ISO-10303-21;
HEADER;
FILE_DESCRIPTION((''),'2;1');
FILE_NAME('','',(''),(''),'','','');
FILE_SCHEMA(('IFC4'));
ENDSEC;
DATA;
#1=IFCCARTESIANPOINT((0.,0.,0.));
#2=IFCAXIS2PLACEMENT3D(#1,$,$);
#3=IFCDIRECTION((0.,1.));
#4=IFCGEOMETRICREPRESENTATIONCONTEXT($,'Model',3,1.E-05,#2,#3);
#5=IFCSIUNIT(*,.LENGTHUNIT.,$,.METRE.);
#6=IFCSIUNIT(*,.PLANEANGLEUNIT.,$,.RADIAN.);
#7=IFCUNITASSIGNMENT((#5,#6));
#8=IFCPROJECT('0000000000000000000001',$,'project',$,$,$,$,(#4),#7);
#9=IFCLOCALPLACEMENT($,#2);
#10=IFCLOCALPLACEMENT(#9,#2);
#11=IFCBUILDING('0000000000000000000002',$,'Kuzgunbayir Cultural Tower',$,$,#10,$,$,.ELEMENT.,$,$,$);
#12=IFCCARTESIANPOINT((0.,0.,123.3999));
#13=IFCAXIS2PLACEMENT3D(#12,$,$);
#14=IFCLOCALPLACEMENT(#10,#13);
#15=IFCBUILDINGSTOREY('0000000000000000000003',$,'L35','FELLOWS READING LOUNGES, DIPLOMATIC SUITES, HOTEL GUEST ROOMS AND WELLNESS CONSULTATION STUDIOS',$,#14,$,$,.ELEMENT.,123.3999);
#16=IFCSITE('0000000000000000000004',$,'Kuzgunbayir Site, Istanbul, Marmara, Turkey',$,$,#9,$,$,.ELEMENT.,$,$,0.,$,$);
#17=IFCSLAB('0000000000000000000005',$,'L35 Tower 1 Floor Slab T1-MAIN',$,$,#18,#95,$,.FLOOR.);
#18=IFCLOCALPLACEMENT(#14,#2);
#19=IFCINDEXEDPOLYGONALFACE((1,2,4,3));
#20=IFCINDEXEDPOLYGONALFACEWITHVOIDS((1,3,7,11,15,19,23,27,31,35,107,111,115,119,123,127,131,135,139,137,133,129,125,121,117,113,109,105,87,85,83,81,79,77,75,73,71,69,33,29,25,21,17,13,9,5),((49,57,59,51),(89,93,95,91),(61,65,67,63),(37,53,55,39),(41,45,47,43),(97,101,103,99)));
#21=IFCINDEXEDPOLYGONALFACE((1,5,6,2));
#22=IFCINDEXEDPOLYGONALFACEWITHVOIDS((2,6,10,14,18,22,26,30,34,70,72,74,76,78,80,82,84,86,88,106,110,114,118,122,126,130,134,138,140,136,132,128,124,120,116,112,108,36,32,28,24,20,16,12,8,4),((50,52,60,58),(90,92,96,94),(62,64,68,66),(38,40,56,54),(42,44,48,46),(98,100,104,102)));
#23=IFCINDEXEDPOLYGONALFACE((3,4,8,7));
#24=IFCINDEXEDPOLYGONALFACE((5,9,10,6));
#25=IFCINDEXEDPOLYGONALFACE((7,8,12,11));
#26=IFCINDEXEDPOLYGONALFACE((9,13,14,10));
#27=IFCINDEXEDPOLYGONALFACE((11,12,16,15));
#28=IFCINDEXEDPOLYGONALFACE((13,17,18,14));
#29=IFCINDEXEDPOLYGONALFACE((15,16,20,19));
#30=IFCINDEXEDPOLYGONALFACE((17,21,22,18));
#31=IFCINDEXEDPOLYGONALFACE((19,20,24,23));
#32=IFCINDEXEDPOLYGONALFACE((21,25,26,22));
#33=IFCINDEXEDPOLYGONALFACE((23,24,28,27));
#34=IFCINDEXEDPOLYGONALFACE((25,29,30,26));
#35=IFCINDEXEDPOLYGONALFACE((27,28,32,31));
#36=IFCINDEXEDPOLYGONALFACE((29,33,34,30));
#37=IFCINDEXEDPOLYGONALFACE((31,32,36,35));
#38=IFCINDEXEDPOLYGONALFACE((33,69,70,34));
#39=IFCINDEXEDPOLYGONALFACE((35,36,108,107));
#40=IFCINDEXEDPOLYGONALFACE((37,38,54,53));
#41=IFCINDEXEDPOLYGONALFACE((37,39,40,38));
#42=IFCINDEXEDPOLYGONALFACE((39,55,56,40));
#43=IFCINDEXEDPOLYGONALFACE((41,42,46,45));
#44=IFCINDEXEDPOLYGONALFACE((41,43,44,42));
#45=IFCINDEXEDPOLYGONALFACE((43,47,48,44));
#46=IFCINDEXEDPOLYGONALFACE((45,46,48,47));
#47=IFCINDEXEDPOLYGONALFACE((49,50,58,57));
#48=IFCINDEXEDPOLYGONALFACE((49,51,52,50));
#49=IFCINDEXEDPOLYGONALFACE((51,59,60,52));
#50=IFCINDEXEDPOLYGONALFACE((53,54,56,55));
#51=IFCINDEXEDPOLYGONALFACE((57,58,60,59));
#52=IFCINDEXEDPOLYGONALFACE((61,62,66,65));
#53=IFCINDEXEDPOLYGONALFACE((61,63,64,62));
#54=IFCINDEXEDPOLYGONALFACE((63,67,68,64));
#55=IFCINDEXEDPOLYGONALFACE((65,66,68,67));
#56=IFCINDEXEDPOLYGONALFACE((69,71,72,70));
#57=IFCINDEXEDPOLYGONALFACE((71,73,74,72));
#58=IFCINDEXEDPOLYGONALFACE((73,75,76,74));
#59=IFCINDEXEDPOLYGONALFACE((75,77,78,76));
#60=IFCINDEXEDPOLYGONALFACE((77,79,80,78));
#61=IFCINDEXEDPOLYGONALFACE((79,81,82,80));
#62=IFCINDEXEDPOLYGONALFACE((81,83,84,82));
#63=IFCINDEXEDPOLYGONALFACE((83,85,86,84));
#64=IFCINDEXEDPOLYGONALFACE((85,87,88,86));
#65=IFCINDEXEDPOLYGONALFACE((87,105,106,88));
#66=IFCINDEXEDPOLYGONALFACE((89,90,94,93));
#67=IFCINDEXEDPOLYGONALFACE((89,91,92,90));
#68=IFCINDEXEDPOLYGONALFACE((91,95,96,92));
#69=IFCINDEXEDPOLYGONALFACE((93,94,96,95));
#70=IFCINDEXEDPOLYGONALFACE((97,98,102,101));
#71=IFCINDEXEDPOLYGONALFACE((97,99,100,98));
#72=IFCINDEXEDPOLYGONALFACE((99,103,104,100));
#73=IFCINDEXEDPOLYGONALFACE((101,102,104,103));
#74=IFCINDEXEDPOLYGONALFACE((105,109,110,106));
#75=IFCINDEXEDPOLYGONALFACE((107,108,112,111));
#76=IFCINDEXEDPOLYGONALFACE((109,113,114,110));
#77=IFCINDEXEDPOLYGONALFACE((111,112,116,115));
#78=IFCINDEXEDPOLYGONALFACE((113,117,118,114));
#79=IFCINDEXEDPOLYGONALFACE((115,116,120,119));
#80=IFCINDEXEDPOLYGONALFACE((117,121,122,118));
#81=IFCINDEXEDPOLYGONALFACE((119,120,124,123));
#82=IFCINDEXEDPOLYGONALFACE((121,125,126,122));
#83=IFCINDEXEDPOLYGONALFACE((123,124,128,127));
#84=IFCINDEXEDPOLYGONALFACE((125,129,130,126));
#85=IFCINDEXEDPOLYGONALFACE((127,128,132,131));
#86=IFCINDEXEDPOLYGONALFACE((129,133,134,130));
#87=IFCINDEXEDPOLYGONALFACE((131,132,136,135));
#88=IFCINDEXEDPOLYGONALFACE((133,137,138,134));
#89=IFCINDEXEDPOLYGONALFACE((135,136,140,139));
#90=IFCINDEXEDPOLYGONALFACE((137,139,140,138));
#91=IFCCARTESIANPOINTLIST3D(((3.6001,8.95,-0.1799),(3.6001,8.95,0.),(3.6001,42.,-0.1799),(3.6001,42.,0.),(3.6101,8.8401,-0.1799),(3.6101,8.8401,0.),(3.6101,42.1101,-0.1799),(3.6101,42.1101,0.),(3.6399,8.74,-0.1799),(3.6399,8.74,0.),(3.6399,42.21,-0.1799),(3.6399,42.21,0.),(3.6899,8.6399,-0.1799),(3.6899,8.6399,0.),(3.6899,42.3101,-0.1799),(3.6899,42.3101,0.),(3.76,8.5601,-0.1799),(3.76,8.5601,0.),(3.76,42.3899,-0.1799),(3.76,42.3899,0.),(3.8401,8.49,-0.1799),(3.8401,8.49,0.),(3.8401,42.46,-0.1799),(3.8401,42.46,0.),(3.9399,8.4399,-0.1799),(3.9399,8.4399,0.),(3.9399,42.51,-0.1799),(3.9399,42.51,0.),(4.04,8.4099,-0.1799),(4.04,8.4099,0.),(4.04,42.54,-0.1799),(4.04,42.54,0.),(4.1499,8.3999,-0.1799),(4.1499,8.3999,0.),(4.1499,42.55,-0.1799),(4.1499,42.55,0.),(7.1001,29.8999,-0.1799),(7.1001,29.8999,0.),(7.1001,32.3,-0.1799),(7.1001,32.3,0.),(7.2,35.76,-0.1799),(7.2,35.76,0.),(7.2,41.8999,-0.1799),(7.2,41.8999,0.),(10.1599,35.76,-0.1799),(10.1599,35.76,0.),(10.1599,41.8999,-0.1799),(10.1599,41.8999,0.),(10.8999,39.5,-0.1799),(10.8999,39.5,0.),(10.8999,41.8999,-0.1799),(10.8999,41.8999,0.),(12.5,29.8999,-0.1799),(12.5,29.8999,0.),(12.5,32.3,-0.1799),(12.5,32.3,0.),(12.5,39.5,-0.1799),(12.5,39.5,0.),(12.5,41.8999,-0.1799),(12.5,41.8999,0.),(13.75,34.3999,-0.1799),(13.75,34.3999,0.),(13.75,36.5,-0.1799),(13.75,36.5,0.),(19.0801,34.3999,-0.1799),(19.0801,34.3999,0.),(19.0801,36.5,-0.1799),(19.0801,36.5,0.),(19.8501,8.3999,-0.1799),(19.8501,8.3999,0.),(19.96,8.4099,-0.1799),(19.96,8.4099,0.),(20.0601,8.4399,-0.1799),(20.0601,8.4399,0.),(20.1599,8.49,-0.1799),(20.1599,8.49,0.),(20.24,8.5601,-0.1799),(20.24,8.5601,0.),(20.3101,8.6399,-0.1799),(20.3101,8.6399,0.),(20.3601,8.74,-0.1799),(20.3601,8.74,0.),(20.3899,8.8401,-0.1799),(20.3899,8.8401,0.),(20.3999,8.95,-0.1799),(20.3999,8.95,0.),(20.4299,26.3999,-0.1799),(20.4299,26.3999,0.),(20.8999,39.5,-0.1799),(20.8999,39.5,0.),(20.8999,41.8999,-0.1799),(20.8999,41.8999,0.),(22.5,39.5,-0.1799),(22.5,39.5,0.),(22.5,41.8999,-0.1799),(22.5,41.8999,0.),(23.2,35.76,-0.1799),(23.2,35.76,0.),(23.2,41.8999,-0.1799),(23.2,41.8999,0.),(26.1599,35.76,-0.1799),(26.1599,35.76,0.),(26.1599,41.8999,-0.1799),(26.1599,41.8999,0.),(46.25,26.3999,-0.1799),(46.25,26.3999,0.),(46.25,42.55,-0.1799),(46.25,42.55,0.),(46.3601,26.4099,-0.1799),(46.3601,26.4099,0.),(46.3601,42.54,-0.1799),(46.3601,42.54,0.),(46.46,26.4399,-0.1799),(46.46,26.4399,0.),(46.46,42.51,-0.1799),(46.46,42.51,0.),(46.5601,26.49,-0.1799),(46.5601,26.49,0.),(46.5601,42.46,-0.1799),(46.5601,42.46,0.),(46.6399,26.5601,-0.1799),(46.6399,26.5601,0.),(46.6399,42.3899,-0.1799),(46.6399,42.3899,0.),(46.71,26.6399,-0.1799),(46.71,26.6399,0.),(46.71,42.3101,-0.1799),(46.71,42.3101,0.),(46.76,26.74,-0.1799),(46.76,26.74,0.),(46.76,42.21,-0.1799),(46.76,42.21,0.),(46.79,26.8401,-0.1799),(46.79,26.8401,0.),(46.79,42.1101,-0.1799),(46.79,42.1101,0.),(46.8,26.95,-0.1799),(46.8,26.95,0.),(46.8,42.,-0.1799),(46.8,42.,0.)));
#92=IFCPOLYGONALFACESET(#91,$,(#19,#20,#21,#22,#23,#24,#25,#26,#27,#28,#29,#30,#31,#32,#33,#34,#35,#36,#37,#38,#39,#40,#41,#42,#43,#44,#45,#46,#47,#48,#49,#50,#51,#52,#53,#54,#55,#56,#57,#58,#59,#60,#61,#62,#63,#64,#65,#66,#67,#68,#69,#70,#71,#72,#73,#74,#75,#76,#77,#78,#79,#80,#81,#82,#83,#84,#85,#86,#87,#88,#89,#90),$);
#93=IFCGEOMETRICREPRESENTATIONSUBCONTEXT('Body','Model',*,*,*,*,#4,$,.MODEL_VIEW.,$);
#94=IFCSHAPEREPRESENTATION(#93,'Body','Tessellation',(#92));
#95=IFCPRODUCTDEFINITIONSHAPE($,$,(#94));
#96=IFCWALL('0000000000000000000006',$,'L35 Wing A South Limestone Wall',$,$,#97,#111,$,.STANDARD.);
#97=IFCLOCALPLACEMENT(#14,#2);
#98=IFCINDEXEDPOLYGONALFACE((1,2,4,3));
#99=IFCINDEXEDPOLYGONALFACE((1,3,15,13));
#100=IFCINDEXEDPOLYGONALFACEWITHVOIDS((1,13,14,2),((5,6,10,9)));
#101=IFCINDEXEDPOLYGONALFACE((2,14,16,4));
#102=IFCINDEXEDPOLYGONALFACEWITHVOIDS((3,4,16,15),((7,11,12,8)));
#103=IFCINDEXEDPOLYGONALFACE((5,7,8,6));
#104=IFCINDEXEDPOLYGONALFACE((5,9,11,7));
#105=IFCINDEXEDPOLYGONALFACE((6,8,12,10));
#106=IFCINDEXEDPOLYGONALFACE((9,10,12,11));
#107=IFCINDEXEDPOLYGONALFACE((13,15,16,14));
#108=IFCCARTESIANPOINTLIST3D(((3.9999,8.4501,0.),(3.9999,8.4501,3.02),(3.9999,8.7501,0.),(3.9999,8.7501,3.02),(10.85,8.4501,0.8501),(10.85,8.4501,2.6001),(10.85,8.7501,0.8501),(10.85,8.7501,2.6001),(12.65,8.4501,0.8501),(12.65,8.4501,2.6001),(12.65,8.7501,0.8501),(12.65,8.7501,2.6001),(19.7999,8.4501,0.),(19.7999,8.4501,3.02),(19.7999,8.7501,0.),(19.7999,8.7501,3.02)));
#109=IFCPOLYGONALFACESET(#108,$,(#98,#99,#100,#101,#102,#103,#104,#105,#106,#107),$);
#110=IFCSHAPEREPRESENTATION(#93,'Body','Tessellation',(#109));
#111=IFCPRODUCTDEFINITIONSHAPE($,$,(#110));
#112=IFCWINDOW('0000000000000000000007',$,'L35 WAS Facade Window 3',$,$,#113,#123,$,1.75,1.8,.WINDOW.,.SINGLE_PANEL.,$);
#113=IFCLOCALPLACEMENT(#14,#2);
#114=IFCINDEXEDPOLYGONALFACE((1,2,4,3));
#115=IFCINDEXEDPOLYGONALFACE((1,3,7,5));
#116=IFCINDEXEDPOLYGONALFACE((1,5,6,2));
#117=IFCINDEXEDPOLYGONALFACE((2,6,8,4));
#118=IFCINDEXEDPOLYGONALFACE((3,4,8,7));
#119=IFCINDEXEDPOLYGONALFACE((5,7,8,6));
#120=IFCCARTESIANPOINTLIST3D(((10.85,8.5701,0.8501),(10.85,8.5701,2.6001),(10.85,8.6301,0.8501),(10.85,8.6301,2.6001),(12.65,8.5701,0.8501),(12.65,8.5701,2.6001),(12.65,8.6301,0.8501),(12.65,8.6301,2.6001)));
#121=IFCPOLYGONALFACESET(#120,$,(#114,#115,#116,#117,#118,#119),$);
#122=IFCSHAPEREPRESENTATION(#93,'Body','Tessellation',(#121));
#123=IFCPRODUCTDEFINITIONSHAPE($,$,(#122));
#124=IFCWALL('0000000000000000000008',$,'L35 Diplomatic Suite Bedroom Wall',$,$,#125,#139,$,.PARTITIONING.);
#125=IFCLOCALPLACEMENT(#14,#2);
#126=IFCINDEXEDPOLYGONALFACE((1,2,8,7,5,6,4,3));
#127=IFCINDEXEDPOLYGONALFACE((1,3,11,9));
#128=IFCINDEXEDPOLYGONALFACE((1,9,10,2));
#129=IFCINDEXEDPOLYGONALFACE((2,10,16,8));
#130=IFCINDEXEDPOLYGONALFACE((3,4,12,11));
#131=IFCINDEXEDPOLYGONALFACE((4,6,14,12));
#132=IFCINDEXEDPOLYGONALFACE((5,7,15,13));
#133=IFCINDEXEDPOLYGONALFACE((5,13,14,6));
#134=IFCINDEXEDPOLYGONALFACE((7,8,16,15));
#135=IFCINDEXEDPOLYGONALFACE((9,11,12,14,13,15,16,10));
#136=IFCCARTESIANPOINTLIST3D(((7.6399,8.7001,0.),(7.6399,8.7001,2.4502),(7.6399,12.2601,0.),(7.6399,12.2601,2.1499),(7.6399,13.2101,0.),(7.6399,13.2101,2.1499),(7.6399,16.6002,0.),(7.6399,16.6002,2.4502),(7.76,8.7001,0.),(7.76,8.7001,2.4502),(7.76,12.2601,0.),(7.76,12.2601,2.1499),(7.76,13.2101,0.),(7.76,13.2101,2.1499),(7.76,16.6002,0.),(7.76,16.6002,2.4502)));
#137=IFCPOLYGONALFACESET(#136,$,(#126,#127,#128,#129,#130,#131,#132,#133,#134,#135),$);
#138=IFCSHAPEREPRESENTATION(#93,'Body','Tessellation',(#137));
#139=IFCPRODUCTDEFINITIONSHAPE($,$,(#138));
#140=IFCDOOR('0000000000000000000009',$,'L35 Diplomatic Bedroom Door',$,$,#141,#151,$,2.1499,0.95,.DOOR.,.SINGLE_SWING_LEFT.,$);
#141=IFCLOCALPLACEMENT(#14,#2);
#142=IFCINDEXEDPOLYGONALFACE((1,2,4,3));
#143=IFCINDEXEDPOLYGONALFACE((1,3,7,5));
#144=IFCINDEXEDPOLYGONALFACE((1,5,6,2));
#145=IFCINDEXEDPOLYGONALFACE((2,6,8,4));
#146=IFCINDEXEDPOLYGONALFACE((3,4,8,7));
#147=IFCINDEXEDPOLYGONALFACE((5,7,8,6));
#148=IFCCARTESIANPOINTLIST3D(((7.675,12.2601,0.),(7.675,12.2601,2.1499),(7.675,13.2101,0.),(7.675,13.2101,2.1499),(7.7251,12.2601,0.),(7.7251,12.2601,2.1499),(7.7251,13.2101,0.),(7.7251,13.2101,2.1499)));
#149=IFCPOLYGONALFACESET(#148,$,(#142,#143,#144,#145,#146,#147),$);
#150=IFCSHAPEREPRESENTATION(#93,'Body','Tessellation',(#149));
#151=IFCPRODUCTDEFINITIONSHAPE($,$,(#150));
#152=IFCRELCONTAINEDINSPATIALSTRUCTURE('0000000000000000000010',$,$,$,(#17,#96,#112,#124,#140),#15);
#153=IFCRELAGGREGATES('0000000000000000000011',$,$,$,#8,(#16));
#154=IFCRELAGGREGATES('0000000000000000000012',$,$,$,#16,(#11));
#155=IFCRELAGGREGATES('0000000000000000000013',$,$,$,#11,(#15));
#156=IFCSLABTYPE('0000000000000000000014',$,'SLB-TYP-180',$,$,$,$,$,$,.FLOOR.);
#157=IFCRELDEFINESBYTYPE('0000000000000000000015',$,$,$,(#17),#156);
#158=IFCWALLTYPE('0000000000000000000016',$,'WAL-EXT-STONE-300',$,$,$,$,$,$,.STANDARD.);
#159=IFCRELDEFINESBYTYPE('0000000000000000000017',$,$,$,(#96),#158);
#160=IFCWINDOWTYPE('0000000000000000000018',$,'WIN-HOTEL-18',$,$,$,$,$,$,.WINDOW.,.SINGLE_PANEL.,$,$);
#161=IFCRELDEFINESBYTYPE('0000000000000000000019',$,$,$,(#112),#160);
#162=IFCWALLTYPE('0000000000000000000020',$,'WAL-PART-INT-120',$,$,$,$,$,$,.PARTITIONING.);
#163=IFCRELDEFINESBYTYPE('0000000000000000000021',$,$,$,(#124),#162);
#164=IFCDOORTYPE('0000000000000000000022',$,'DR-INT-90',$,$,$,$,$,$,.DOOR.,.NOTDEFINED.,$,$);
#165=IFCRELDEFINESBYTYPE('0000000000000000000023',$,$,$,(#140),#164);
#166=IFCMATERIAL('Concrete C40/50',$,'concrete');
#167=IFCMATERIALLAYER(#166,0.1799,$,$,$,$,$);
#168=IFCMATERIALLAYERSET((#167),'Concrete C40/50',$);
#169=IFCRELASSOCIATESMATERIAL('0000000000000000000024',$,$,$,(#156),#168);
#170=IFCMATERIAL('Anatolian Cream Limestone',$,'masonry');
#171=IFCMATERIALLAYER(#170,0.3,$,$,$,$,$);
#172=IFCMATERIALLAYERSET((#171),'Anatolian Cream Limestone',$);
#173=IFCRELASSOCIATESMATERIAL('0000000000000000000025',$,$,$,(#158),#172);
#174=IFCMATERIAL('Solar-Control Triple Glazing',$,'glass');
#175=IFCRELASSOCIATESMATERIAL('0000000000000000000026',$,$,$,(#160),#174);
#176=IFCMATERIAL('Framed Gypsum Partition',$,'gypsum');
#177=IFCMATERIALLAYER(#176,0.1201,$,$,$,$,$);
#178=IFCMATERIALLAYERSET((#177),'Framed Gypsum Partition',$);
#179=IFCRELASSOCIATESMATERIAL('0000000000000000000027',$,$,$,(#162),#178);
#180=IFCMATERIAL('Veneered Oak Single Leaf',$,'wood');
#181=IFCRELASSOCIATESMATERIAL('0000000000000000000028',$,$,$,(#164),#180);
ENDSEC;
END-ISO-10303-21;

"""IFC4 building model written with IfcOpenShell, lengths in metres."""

from ifc_helpers import new_model, si_unit, direction, frame, frame_2d, origin, place, context, subcontext, project, spatial, polyline, rectangle, outline, extrude, material, layer, layer_set, type_object, element, fill, save


model = new_model("IFC4")

# Units and contexts
model_context = context("Model", 3, precision=1e-05, world=origin(), true_north=direction((0.0, 1.0)))
body_context = subcontext(model_context, "Body", "Model", "MODEL_VIEW")
ifc_project = project(units=[si_unit("LENGTHUNIT", "METRE"), si_unit("PLANEANGLEUNIT", "RADIAN")], contexts=[model_context])

# Site, building, storey
site_placement = place(None, origin())
site = spatial("IfcSite", under=ifc_project, at=site_placement, Name="Kuzgunbayir Site, Istanbul, Marmara, Turkey", CompositionType="ELEMENT", RefElevation=0.0)
building_placement = place(site_placement, origin())
building = spatial("IfcBuilding", under=site, at=building_placement, Name="Kuzgunbayir Cultural Tower", CompositionType="ELEMENT")
storey_placement = place(building_placement, frame((0.0, 0.0, 123.3999)))
storey = spatial("IfcBuildingStorey", under=building, at=storey_placement, Name="L35", Description="FELLOWS READING LOUNGES, DIPLOMATIC SUITES, HOTEL GUEST ROOMS AND WELLNESS CONSULTATION STUDIOS", CompositionType="ELEMENT", Elevation=123.3999)

# Shared definitions
ifc_material_1 = material(Name="Concrete C40/50", Category="concrete")

# Slab
ifc_layer_1 = layer(ifc_material_1, 0.1799)
ifc_layer_set_1 = layer_set([ifc_layer_1], Name="Concrete C40/50")
slab_type_1 = type_object("IfcSlabType", Name="SLB-TYP-180", PredefinedType="FLOOR", material=ifc_layer_set_1)
slab_1_placement = place(storey_placement, frame((0.0, 0.0, -0.1799)))
element("IfcSlab", 1, at=slab_1_placement, inside=storey, type_object=slab_type_1, Name="L35 Tower 1 Floor Slab T1-MAIN", PredefinedType="FLOOR", context=body_context, shape_type="SweptSolid", body=[
    extrude(outline(polyline([(20.3999, 8.95), (20.3899, 8.8401), (20.3601, 8.74), (20.3101, 8.6399), (20.24, 8.5601), (20.1599, 8.49), (20.0601, 8.4399), (19.96, 8.4099), (19.8501, 8.3999), (4.1499, 8.3999), (4.04, 8.4099), (3.9399, 8.4399), (3.8401, 8.49), (3.76, 8.5601), (3.6899, 8.6399), (3.6399, 8.74), (3.6101, 8.8401), (3.6001, 8.95), (3.6001, 42.0), (3.6101, 42.1101), (3.6399, 42.21), (3.6899, 42.3101), (3.76, 42.3899), (3.8401, 42.46), (3.9399, 42.51), (4.04, 42.54), (4.1499, 42.55), (46.25, 42.55), (46.3601, 42.54), (46.46, 42.51), (46.5601, 42.46), (46.6399, 42.3899), (46.71, 42.3101), (46.76, 42.21), (46.79, 42.1101), (46.8, 42.0), (46.8, 26.95), (46.79, 26.8401), (46.76, 26.74), (46.71, 26.6399), (46.6399, 26.5601), (46.5601, 26.49), (46.46, 26.4399), (46.3601, 26.4099), (46.25, 26.3999), (20.4299, 26.3999), (20.3999, 8.95)]), holes=[polyline([(7.2, 35.76), (7.2, 41.8999), (10.1599, 41.8999), (10.1599, 35.76), (7.2, 35.76)]), polyline([(23.2, 35.76), (23.2, 41.8999), (26.1599, 41.8999), (26.1599, 35.76), (23.2, 35.76)]), polyline([(13.75, 34.3999), (13.75, 36.5), (19.0801, 36.5), (19.0801, 34.3999), (13.75, 34.3999)]), polyline([(7.1001, 29.8999), (7.1001, 32.3), (12.5, 32.3), (12.5, 29.8999), (7.1001, 29.8999)]), polyline([(10.8999, 39.5), (10.8999, 41.8999), (12.5, 41.8999), (12.5, 39.5), (10.8999, 39.5)]), polyline([(20.8999, 39.5), (20.8999, 41.8999), (22.5, 41.8999), (22.5, 39.5), (20.8999, 39.5)])]), origin(), (0.0, 0.0, 1.0), 0.1799),
])

# Wall, opening, window
ifc_material_2 = material(Name="Anatolian Cream Limestone", Category="masonry")
ifc_layer_2 = layer(ifc_material_2, 0.3)
ifc_layer_set_2 = layer_set([ifc_layer_2], Name="Anatolian Cream Limestone")
wall_type_1 = type_object("IfcWallType", Name="WAL-EXT-STONE-300", PredefinedType="STANDARD", material=ifc_layer_set_2)
wall_1_placement = place(storey_placement, frame((4.0, 8.6001, 0.0), z_axis=(0.0, 0.0, 1.0), x_axis=(1.0, 0.0, 0.0)))
wall_1 = element("IfcWall", 2, at=wall_1_placement, inside=storey, type_object=wall_type_1, Name="L35 Wing A South Limestone Wall", PredefinedType="STANDARD", context=body_context, shape_type="SweptSolid", body=[
    extrude(rectangle(XDim=15.8, YDim=0.3, at=frame_2d((7.8999, 0.0))), origin(), (0.0, 0.0, 1.0), 3.02),
])
opening_1_placement = place(wall_1_placement, frame((6.8501, 0.0, 0.8501)))
opening_1 = element("IfcOpeningElement", 3, at=opening_1_placement, cuts=wall_1, PredefinedType="OPENING", context=body_context, shape_type="SweptSolid", body=[
    extrude(rectangle(XDim=1.8, YDim=1.75, at=frame_2d((0.8999, 0.875))), frame((0.0, 0.1602, 0.0), z_axis=(0.0, -1.0, 0.0), x_axis=(1.0, 0.0, 0.0)), (0.0, 0.0, 1.0), 0.3201),
])
ifc_material_3 = material(Name="Solar-Control Triple Glazing", Category="glass")
window_type = type_object("IfcWindowType", Name="WIN-HOTEL-18", PartitioningType="SINGLE_PANEL", PredefinedType="WINDOW", material=ifc_material_3)
window_placement = place(opening_1_placement, origin())
window = element("IfcWindow", 4, at=window_placement, inside=storey, type_object=window_type, Name="L35 WAS Facade Window 3", OverallHeight=1.75, OverallWidth=1.8, PartitioningType="SINGLE_PANEL", PredefinedType="WINDOW", context=body_context, shape_type="SweptSolid", body=[
    extrude(rectangle(XDim=1.8, YDim=1.75, at=frame_2d((0.8999, 0.875))), frame((0.0, 0.03, 0.0), z_axis=(0.0, -1.0, 0.0), x_axis=(1.0, 0.0, 0.0)), (0.0, 0.0, 1.0), 0.0601),
])
fill(opening_1, window)

# Wall, opening, door
ifc_material_4 = material(Name="Framed Gypsum Partition", Category="gypsum")
ifc_layer_3 = layer(ifc_material_4, 0.1201)
ifc_layer_set_3 = layer_set([ifc_layer_3], Name="Framed Gypsum Partition")
wall_type_2 = type_object("IfcWallType", Name="WAL-PART-INT-120", PredefinedType="PARTITIONING", material=ifc_layer_set_3)
wall_2_placement = place(storey_placement, frame((7.7, 8.7, 0.0), z_axis=(0.0, 0.0, 1.0), x_axis=(0.0, 1.0, 0.0)))
wall_2 = element("IfcWall", 5, at=wall_2_placement, inside=storey, type_object=wall_type_2, Name="L35 Diplomatic Suite Bedroom Wall", PredefinedType="PARTITIONING", context=body_context, shape_type="SweptSolid", body=[
    extrude(rectangle(XDim=7.9001, YDim=0.1201, at=frame_2d((3.9502, 0.0))), origin(), (0.0, 0.0, 1.0), 2.4502),
])
opening_2_placement = place(wall_2_placement, frame((3.5601, 0.0, 0.0)))
opening_2 = element("IfcOpeningElement", 6, at=opening_2_placement, cuts=wall_2, PredefinedType="OPENING", context=body_context, shape_type="SweptSolid", body=[
    extrude(rectangle(XDim=0.95, YDim=2.1499, at=frame_2d((0.4751, 1.075))), frame((0.0, 0.0701, 0.0), z_axis=(0.0, -1.0, 0.0), x_axis=(1.0, 0.0, 0.0)), (0.0, 0.0, 1.0), 0.1401),
])
ifc_material_5 = material(Name="Veneered Oak Single Leaf", Category="wood")
door_type = type_object("IfcDoorType", Name="DR-INT-90", OperationType="NOTDEFINED", PredefinedType="DOOR", material=ifc_material_5)
door_placement = place(opening_2_placement, origin())
door = element("IfcDoor", 7, at=door_placement, inside=storey, type_object=door_type, Name="L35 Diplomatic Bedroom Door", OperationType="SINGLE_SWING_LEFT", OverallHeight=2.1499, OverallWidth=0.95, PredefinedType="DOOR", context=body_context, shape_type="SweptSolid", body=[
    extrude(rectangle(XDim=0.95, YDim=2.1499, at=frame_2d((0.4751, 1.075))), frame((0.0, 0.0249, 0.0), z_axis=(0.0, -1.0, 0.0), x_axis=(1.0, 0.0, 0.0)), (0.0, 0.0, 1.0), 0.05),
])
fill(opening_2, door)

save(model, "model.ifc")
